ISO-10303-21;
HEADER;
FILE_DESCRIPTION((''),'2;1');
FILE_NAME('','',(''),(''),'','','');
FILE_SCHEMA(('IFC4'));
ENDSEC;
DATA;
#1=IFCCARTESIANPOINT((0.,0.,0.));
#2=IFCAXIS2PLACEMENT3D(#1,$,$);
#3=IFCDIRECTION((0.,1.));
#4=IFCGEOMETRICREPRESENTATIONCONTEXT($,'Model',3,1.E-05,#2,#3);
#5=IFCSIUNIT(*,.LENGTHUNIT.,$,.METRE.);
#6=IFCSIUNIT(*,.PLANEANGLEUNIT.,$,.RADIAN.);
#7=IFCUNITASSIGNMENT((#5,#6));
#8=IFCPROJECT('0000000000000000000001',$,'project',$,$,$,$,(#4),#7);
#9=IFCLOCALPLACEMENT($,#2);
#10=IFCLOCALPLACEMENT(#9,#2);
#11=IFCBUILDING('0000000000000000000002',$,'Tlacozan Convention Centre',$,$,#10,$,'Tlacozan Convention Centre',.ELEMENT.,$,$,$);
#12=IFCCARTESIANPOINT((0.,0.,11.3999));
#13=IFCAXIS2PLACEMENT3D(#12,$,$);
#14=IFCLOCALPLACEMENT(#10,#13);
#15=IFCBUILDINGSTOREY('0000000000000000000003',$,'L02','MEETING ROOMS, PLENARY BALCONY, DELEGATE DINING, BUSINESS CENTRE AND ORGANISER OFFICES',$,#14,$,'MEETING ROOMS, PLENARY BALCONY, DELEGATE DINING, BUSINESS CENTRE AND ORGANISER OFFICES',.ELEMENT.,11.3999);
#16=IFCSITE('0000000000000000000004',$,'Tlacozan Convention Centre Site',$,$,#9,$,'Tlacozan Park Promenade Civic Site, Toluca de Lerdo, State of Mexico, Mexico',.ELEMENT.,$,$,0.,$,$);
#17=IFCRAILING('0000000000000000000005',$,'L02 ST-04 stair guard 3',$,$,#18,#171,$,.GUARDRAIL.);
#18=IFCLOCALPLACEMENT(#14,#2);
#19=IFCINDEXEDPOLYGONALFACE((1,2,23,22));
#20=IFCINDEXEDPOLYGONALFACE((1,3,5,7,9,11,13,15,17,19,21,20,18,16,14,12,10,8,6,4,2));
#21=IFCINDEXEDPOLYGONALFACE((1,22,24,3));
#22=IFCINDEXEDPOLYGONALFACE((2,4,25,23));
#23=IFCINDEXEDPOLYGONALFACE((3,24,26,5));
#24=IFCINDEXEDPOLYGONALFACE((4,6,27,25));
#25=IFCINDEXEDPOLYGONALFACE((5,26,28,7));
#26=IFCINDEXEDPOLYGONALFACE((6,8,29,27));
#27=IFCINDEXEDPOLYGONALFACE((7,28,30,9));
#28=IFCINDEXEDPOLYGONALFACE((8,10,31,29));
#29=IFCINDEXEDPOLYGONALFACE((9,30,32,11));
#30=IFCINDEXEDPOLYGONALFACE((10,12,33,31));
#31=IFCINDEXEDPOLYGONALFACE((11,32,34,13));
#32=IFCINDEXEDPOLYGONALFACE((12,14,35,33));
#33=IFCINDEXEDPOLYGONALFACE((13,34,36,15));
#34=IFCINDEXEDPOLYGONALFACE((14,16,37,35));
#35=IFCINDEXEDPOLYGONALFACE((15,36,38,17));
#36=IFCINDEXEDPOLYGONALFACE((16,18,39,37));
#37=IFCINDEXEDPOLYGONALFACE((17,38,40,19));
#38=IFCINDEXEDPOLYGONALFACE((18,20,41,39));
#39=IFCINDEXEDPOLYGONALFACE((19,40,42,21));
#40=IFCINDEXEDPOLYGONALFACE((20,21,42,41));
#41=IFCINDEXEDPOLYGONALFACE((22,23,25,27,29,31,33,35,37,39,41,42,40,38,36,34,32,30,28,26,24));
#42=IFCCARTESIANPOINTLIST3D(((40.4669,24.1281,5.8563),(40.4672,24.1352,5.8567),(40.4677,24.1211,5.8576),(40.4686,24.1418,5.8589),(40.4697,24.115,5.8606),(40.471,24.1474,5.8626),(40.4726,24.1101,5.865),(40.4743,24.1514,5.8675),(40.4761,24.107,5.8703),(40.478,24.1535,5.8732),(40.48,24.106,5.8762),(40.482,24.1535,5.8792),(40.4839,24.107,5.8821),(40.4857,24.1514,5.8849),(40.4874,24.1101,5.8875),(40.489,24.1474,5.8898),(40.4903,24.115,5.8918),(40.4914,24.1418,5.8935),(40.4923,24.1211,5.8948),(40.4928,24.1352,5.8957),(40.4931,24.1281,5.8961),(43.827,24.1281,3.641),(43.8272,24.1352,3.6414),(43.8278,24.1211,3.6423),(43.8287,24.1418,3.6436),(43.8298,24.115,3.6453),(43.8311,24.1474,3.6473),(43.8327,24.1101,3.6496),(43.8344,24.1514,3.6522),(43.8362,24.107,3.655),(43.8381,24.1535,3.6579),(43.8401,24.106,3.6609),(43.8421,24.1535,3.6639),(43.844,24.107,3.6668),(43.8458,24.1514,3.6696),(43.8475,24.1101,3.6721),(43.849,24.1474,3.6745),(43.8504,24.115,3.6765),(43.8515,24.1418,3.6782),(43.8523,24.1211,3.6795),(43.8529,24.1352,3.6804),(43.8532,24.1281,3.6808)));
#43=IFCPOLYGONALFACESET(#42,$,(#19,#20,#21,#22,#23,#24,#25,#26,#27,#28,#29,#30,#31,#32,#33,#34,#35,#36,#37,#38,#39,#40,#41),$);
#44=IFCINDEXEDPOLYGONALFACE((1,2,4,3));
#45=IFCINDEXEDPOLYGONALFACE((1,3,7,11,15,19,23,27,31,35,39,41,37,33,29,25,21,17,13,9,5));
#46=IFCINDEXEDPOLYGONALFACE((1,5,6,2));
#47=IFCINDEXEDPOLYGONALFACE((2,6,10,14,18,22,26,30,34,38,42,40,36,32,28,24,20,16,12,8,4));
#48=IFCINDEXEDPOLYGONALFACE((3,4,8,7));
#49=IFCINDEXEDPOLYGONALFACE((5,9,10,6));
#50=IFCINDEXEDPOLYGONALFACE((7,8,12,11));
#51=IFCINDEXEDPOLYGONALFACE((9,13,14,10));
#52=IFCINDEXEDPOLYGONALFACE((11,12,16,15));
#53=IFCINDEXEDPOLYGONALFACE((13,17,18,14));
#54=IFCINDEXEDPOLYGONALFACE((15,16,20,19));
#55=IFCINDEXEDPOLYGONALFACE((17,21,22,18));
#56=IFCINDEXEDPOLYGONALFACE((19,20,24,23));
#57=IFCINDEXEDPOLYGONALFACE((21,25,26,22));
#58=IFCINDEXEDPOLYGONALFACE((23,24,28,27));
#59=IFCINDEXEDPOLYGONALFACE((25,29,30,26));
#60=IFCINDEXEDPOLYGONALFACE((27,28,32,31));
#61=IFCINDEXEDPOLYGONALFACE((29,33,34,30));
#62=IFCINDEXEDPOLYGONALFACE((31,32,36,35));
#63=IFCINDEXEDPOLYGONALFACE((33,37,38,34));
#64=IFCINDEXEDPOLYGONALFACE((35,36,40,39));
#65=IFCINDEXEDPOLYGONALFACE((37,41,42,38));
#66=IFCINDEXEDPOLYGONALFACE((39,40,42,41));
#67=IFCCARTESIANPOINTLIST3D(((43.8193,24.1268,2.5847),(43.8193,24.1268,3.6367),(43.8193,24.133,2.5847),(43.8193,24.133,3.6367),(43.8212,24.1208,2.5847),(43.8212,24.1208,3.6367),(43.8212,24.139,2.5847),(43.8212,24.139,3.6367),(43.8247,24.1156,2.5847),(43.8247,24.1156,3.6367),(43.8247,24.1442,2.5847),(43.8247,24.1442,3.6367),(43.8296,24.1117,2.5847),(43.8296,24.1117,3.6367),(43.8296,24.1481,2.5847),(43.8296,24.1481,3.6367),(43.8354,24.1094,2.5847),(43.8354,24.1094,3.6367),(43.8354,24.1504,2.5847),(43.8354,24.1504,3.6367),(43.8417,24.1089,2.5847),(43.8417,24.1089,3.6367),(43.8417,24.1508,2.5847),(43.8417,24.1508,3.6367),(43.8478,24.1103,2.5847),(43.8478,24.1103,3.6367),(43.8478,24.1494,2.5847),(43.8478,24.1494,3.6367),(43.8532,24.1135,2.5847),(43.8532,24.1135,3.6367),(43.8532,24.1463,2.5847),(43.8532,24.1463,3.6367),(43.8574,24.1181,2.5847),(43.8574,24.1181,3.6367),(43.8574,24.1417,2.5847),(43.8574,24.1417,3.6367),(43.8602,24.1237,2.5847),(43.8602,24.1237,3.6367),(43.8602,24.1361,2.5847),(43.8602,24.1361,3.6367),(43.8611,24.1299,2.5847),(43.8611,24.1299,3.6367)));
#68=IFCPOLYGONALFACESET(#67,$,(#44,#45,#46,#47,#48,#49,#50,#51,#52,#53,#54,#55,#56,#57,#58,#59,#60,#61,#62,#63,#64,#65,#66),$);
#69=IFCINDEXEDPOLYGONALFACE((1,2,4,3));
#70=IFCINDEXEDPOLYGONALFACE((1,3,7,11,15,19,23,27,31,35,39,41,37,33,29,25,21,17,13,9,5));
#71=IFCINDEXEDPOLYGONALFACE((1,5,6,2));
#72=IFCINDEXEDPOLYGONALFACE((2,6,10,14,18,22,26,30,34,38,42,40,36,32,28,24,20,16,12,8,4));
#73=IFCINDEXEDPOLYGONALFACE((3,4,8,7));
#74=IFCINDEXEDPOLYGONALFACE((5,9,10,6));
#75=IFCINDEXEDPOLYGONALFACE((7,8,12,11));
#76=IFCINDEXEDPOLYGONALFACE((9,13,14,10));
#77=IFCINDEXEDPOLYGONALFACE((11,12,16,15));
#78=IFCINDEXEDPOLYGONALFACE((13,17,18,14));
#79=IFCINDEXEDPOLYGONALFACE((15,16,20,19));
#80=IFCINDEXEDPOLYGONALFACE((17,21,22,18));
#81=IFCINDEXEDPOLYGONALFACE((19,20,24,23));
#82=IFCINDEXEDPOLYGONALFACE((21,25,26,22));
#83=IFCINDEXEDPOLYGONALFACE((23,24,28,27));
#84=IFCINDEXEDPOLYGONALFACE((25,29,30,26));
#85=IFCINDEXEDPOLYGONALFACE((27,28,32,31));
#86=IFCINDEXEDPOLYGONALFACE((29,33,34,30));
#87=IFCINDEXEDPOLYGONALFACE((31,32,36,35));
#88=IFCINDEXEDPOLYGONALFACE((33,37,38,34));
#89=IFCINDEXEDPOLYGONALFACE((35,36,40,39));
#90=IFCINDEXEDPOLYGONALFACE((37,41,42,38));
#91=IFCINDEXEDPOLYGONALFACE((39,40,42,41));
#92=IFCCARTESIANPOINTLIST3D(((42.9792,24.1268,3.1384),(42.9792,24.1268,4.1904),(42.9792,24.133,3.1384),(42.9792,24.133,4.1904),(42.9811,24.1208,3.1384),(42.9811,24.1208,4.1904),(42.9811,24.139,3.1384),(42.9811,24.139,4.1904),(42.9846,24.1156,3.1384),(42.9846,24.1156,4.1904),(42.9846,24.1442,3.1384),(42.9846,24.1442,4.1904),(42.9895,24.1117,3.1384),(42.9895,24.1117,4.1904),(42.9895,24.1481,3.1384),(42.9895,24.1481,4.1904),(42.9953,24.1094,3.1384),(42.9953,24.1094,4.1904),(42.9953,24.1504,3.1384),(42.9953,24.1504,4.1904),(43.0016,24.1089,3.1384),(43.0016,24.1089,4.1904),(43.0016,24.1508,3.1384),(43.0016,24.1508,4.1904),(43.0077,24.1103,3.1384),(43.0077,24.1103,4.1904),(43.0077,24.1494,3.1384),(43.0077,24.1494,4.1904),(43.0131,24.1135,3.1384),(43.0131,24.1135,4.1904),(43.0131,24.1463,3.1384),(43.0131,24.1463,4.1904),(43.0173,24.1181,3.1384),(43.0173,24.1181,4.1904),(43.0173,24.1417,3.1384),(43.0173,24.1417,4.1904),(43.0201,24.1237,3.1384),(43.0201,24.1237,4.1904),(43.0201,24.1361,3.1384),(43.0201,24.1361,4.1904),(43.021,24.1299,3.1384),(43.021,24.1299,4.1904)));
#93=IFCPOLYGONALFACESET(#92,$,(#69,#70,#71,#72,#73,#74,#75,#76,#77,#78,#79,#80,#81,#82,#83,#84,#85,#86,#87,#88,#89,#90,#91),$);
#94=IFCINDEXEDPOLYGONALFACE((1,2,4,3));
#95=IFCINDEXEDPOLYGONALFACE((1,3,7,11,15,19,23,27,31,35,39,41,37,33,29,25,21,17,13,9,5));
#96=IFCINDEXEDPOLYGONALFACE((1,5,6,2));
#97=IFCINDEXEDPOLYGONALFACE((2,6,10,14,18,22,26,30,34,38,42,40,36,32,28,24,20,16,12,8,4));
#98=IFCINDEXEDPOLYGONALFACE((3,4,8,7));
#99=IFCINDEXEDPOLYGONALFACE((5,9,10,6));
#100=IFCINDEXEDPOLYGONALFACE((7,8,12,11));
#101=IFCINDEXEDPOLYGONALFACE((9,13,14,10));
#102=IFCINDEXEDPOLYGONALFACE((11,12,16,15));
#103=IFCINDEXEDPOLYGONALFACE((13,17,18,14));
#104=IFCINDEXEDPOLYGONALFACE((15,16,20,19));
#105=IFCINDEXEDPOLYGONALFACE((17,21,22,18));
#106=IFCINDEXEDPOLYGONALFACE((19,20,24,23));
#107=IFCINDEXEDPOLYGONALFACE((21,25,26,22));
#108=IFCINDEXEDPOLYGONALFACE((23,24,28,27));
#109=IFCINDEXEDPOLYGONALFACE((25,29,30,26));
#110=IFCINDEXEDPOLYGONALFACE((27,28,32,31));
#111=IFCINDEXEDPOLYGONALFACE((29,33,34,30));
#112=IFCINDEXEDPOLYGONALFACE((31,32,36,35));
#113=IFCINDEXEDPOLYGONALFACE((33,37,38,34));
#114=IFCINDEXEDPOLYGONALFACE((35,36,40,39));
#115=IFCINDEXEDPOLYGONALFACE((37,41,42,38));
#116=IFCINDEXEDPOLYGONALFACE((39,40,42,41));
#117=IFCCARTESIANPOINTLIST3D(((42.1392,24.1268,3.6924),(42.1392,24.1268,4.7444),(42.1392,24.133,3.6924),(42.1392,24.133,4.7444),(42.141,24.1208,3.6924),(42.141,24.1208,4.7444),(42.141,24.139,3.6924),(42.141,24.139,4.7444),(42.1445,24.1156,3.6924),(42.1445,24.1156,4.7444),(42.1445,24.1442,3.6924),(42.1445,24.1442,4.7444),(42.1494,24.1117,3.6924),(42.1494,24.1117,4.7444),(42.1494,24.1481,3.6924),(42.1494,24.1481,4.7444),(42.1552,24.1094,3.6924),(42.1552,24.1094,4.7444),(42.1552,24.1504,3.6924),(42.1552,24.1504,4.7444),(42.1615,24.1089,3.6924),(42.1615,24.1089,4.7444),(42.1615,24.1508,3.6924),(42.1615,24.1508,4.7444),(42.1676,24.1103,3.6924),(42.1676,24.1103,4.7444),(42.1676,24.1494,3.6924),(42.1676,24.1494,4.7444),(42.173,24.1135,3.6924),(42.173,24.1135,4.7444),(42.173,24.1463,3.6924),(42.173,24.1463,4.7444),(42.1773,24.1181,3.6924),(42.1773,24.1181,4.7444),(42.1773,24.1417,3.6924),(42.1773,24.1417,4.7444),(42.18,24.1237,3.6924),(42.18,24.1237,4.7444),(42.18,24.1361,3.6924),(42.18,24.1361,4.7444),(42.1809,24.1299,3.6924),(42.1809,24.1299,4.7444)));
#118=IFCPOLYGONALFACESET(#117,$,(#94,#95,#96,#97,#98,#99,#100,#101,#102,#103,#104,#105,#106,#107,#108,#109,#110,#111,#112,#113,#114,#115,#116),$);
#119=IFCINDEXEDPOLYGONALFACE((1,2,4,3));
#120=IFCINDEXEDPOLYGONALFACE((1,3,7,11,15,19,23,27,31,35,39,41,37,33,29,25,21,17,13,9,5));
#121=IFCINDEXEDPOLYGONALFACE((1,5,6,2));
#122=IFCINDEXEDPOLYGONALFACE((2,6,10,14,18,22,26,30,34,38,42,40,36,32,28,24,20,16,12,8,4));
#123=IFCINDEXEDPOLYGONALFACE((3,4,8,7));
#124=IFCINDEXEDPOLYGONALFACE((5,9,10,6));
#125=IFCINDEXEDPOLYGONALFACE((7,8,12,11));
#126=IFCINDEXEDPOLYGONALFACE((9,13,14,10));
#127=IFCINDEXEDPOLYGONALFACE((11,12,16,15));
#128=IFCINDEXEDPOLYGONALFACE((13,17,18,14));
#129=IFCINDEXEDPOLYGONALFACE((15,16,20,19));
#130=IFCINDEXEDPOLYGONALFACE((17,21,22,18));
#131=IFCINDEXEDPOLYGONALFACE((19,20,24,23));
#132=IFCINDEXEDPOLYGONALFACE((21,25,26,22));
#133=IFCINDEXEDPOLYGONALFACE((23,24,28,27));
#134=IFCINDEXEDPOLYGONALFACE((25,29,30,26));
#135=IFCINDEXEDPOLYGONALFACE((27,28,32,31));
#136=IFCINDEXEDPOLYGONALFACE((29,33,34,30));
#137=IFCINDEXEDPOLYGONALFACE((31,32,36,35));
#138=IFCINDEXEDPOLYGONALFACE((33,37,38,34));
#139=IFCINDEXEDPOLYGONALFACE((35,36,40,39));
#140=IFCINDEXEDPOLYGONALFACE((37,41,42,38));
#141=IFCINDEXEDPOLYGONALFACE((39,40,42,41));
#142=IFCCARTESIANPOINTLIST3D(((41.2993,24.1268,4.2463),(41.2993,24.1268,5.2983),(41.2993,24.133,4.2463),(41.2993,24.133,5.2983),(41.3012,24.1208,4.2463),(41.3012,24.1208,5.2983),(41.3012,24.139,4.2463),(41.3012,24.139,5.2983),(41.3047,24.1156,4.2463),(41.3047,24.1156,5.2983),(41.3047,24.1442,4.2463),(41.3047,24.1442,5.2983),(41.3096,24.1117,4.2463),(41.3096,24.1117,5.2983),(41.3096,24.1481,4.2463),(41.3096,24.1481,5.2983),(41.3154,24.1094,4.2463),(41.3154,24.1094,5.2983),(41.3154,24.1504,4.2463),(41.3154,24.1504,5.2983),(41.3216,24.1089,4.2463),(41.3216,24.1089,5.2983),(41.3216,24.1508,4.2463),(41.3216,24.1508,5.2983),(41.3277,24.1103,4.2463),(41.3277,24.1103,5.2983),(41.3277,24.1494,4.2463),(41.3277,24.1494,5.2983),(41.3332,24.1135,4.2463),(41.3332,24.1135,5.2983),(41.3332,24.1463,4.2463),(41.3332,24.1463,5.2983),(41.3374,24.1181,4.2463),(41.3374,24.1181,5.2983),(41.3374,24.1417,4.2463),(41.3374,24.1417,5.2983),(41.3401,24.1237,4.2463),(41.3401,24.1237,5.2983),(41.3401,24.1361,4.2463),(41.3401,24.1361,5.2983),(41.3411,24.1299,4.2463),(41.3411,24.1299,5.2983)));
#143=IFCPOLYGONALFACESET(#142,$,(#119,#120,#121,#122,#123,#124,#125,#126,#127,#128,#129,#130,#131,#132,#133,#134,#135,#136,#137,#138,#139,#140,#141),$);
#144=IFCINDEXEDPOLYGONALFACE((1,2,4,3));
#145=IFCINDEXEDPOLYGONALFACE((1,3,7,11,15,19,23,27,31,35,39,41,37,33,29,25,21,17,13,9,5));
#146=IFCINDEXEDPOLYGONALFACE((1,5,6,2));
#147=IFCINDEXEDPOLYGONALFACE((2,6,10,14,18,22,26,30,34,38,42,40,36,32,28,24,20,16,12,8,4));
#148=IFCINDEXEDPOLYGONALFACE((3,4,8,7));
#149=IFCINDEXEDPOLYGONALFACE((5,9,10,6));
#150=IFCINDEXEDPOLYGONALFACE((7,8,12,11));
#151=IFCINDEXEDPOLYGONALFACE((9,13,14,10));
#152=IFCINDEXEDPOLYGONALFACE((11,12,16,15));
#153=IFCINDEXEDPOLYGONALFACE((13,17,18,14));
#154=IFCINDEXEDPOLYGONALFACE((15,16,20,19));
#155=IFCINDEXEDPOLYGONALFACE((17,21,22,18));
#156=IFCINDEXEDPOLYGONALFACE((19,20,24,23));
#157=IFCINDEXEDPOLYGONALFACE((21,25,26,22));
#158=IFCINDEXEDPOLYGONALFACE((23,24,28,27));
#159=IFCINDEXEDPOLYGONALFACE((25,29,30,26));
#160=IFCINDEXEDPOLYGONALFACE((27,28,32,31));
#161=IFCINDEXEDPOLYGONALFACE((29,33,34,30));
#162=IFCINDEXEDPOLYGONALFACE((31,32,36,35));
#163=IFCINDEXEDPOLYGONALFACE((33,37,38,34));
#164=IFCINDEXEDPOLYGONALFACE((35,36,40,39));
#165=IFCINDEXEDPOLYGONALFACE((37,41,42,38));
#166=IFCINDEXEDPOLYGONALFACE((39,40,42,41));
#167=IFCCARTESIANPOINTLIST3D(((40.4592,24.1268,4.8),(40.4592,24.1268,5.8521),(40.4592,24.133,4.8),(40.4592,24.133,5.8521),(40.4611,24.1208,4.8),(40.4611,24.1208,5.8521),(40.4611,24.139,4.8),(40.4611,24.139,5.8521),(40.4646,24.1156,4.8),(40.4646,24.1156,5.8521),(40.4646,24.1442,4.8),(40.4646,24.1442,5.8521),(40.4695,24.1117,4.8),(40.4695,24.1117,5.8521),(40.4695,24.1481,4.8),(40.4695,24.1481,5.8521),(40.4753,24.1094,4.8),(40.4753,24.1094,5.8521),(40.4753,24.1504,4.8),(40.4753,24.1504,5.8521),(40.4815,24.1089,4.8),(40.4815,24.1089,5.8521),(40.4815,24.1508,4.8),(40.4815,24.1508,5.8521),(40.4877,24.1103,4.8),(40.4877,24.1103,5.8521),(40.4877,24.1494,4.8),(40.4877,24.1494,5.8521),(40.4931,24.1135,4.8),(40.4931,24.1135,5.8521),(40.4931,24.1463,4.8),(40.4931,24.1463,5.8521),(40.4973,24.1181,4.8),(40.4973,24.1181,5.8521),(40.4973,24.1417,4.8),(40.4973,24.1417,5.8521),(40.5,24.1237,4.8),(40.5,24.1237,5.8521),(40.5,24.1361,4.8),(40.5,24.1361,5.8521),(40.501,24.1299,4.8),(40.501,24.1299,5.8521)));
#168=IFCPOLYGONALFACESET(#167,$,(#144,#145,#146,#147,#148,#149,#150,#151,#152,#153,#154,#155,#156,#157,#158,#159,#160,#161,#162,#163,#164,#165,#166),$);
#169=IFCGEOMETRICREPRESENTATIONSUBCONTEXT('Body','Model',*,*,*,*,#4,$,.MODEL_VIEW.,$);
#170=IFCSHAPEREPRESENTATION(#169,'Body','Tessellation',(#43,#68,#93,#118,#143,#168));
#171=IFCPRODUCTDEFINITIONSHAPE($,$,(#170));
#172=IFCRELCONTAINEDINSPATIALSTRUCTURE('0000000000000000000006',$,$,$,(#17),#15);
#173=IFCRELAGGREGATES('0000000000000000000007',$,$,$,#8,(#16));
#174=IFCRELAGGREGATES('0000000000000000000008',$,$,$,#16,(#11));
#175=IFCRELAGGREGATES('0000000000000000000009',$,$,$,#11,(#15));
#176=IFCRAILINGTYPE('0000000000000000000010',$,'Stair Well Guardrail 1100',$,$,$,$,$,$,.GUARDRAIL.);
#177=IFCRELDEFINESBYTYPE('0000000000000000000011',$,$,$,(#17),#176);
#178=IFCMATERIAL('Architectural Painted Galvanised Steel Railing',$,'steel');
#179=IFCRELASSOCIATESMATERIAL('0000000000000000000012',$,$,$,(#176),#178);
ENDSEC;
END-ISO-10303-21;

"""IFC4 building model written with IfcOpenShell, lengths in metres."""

from ifc_helpers import new_model, si_unit, direction, frame, origin, origin_2d, place, context, subcontext, project, spatial, circle, extrude, material, type_object, element, save


model = new_model("IFC4")

# Units and contexts
model_context = context("Model", 3, precision=1e-05, world=origin(), true_north=direction((0.0, 1.0)))
body_context = subcontext(model_context, "Body", "Model", "MODEL_VIEW")
ifc_project = project(units=[si_unit("LENGTHUNIT", "METRE"), si_unit("PLANEANGLEUNIT", "RADIAN")], contexts=[model_context])

# Site, building, storey
site_placement = place(None, origin())
site = spatial("IfcSite", under=ifc_project, at=site_placement, Name="Tlacozan Convention Centre Site", LongName="Tlacozan Park Promenade Civic Site, Toluca de Lerdo, State of Mexico, Mexico", CompositionType="ELEMENT", RefElevation=0.0)
building_placement = place(site_placement, origin())
building = spatial("IfcBuilding", under=site, at=building_placement, Name="Tlacozan Convention Centre", LongName="Tlacozan Convention Centre", CompositionType="ELEMENT")
storey_placement = place(building_placement, frame((0.0, 0.0, 11.3999)))
storey = spatial("IfcBuildingStorey", under=building, at=storey_placement, Name="L02", Description="MEETING ROOMS, PLENARY BALCONY, DELEGATE DINING, BUSINESS CENTRE AND ORGANISER OFFICES", LongName="MEETING ROOMS, PLENARY BALCONY, DELEGATE DINING, BUSINESS CENTRE AND ORGANISER OFFICES", CompositionType="ELEMENT", Elevation=11.3999)

# Railing
ifc_material_1 = material(Name="Architectural Painted Galvanised Steel Railing", Category="steel")
railing_type_1 = type_object("IfcRailingType", Name="Stair Well Guardrail 1100", PredefinedType="GUARDRAIL", material=ifc_material_1)
railing_1_placement = place(storey_placement, frame((43.8401, 24.1299, 2.5847)))
element("IfcRailing", 1, at=railing_1_placement, inside=storey, type_object=railing_type_1, Name="L02 ST-04 stair guard 3", PredefinedType="GUARDRAIL", context=body_context, shape_type="SweptSolid", body=[
    extrude(circle(Radius=0.0239, at=origin_2d()), frame((0.0, 0.0, 1.0762), z_axis=(-0.834876, 0.0, 0.550437), x_axis=(0.0, -1.0, 0.0)), (0.0, 0.0, 1.0), 4.0247),
    extrude(circle(Radius=0.021, at=origin_2d()), origin(), (0.0, 0.0, 1.0), 1.052),
    extrude(circle(Radius=0.021, at=origin_2d()), frame((-0.8401, 0.0, 0.5537)), (0.0, 0.0, 1.0), 1.052),
    extrude(circle(Radius=0.021, at=origin_2d()), frame((-1.6802, 0.0, 1.1077)), (0.0, 0.0, 1.0), 1.052),
    extrude(circle(Radius=0.021, at=origin_2d()), frame((-2.52, 0.0, 1.6616)), (0.0, 0.0, 1.0), 1.052),
    extrude(circle(Radius=0.021, at=origin_2d()), frame((-3.3601, 0.0, 2.2153)), (0.0, 0.0, 1.0), 1.052),
])

save(model, "model.ifc")
